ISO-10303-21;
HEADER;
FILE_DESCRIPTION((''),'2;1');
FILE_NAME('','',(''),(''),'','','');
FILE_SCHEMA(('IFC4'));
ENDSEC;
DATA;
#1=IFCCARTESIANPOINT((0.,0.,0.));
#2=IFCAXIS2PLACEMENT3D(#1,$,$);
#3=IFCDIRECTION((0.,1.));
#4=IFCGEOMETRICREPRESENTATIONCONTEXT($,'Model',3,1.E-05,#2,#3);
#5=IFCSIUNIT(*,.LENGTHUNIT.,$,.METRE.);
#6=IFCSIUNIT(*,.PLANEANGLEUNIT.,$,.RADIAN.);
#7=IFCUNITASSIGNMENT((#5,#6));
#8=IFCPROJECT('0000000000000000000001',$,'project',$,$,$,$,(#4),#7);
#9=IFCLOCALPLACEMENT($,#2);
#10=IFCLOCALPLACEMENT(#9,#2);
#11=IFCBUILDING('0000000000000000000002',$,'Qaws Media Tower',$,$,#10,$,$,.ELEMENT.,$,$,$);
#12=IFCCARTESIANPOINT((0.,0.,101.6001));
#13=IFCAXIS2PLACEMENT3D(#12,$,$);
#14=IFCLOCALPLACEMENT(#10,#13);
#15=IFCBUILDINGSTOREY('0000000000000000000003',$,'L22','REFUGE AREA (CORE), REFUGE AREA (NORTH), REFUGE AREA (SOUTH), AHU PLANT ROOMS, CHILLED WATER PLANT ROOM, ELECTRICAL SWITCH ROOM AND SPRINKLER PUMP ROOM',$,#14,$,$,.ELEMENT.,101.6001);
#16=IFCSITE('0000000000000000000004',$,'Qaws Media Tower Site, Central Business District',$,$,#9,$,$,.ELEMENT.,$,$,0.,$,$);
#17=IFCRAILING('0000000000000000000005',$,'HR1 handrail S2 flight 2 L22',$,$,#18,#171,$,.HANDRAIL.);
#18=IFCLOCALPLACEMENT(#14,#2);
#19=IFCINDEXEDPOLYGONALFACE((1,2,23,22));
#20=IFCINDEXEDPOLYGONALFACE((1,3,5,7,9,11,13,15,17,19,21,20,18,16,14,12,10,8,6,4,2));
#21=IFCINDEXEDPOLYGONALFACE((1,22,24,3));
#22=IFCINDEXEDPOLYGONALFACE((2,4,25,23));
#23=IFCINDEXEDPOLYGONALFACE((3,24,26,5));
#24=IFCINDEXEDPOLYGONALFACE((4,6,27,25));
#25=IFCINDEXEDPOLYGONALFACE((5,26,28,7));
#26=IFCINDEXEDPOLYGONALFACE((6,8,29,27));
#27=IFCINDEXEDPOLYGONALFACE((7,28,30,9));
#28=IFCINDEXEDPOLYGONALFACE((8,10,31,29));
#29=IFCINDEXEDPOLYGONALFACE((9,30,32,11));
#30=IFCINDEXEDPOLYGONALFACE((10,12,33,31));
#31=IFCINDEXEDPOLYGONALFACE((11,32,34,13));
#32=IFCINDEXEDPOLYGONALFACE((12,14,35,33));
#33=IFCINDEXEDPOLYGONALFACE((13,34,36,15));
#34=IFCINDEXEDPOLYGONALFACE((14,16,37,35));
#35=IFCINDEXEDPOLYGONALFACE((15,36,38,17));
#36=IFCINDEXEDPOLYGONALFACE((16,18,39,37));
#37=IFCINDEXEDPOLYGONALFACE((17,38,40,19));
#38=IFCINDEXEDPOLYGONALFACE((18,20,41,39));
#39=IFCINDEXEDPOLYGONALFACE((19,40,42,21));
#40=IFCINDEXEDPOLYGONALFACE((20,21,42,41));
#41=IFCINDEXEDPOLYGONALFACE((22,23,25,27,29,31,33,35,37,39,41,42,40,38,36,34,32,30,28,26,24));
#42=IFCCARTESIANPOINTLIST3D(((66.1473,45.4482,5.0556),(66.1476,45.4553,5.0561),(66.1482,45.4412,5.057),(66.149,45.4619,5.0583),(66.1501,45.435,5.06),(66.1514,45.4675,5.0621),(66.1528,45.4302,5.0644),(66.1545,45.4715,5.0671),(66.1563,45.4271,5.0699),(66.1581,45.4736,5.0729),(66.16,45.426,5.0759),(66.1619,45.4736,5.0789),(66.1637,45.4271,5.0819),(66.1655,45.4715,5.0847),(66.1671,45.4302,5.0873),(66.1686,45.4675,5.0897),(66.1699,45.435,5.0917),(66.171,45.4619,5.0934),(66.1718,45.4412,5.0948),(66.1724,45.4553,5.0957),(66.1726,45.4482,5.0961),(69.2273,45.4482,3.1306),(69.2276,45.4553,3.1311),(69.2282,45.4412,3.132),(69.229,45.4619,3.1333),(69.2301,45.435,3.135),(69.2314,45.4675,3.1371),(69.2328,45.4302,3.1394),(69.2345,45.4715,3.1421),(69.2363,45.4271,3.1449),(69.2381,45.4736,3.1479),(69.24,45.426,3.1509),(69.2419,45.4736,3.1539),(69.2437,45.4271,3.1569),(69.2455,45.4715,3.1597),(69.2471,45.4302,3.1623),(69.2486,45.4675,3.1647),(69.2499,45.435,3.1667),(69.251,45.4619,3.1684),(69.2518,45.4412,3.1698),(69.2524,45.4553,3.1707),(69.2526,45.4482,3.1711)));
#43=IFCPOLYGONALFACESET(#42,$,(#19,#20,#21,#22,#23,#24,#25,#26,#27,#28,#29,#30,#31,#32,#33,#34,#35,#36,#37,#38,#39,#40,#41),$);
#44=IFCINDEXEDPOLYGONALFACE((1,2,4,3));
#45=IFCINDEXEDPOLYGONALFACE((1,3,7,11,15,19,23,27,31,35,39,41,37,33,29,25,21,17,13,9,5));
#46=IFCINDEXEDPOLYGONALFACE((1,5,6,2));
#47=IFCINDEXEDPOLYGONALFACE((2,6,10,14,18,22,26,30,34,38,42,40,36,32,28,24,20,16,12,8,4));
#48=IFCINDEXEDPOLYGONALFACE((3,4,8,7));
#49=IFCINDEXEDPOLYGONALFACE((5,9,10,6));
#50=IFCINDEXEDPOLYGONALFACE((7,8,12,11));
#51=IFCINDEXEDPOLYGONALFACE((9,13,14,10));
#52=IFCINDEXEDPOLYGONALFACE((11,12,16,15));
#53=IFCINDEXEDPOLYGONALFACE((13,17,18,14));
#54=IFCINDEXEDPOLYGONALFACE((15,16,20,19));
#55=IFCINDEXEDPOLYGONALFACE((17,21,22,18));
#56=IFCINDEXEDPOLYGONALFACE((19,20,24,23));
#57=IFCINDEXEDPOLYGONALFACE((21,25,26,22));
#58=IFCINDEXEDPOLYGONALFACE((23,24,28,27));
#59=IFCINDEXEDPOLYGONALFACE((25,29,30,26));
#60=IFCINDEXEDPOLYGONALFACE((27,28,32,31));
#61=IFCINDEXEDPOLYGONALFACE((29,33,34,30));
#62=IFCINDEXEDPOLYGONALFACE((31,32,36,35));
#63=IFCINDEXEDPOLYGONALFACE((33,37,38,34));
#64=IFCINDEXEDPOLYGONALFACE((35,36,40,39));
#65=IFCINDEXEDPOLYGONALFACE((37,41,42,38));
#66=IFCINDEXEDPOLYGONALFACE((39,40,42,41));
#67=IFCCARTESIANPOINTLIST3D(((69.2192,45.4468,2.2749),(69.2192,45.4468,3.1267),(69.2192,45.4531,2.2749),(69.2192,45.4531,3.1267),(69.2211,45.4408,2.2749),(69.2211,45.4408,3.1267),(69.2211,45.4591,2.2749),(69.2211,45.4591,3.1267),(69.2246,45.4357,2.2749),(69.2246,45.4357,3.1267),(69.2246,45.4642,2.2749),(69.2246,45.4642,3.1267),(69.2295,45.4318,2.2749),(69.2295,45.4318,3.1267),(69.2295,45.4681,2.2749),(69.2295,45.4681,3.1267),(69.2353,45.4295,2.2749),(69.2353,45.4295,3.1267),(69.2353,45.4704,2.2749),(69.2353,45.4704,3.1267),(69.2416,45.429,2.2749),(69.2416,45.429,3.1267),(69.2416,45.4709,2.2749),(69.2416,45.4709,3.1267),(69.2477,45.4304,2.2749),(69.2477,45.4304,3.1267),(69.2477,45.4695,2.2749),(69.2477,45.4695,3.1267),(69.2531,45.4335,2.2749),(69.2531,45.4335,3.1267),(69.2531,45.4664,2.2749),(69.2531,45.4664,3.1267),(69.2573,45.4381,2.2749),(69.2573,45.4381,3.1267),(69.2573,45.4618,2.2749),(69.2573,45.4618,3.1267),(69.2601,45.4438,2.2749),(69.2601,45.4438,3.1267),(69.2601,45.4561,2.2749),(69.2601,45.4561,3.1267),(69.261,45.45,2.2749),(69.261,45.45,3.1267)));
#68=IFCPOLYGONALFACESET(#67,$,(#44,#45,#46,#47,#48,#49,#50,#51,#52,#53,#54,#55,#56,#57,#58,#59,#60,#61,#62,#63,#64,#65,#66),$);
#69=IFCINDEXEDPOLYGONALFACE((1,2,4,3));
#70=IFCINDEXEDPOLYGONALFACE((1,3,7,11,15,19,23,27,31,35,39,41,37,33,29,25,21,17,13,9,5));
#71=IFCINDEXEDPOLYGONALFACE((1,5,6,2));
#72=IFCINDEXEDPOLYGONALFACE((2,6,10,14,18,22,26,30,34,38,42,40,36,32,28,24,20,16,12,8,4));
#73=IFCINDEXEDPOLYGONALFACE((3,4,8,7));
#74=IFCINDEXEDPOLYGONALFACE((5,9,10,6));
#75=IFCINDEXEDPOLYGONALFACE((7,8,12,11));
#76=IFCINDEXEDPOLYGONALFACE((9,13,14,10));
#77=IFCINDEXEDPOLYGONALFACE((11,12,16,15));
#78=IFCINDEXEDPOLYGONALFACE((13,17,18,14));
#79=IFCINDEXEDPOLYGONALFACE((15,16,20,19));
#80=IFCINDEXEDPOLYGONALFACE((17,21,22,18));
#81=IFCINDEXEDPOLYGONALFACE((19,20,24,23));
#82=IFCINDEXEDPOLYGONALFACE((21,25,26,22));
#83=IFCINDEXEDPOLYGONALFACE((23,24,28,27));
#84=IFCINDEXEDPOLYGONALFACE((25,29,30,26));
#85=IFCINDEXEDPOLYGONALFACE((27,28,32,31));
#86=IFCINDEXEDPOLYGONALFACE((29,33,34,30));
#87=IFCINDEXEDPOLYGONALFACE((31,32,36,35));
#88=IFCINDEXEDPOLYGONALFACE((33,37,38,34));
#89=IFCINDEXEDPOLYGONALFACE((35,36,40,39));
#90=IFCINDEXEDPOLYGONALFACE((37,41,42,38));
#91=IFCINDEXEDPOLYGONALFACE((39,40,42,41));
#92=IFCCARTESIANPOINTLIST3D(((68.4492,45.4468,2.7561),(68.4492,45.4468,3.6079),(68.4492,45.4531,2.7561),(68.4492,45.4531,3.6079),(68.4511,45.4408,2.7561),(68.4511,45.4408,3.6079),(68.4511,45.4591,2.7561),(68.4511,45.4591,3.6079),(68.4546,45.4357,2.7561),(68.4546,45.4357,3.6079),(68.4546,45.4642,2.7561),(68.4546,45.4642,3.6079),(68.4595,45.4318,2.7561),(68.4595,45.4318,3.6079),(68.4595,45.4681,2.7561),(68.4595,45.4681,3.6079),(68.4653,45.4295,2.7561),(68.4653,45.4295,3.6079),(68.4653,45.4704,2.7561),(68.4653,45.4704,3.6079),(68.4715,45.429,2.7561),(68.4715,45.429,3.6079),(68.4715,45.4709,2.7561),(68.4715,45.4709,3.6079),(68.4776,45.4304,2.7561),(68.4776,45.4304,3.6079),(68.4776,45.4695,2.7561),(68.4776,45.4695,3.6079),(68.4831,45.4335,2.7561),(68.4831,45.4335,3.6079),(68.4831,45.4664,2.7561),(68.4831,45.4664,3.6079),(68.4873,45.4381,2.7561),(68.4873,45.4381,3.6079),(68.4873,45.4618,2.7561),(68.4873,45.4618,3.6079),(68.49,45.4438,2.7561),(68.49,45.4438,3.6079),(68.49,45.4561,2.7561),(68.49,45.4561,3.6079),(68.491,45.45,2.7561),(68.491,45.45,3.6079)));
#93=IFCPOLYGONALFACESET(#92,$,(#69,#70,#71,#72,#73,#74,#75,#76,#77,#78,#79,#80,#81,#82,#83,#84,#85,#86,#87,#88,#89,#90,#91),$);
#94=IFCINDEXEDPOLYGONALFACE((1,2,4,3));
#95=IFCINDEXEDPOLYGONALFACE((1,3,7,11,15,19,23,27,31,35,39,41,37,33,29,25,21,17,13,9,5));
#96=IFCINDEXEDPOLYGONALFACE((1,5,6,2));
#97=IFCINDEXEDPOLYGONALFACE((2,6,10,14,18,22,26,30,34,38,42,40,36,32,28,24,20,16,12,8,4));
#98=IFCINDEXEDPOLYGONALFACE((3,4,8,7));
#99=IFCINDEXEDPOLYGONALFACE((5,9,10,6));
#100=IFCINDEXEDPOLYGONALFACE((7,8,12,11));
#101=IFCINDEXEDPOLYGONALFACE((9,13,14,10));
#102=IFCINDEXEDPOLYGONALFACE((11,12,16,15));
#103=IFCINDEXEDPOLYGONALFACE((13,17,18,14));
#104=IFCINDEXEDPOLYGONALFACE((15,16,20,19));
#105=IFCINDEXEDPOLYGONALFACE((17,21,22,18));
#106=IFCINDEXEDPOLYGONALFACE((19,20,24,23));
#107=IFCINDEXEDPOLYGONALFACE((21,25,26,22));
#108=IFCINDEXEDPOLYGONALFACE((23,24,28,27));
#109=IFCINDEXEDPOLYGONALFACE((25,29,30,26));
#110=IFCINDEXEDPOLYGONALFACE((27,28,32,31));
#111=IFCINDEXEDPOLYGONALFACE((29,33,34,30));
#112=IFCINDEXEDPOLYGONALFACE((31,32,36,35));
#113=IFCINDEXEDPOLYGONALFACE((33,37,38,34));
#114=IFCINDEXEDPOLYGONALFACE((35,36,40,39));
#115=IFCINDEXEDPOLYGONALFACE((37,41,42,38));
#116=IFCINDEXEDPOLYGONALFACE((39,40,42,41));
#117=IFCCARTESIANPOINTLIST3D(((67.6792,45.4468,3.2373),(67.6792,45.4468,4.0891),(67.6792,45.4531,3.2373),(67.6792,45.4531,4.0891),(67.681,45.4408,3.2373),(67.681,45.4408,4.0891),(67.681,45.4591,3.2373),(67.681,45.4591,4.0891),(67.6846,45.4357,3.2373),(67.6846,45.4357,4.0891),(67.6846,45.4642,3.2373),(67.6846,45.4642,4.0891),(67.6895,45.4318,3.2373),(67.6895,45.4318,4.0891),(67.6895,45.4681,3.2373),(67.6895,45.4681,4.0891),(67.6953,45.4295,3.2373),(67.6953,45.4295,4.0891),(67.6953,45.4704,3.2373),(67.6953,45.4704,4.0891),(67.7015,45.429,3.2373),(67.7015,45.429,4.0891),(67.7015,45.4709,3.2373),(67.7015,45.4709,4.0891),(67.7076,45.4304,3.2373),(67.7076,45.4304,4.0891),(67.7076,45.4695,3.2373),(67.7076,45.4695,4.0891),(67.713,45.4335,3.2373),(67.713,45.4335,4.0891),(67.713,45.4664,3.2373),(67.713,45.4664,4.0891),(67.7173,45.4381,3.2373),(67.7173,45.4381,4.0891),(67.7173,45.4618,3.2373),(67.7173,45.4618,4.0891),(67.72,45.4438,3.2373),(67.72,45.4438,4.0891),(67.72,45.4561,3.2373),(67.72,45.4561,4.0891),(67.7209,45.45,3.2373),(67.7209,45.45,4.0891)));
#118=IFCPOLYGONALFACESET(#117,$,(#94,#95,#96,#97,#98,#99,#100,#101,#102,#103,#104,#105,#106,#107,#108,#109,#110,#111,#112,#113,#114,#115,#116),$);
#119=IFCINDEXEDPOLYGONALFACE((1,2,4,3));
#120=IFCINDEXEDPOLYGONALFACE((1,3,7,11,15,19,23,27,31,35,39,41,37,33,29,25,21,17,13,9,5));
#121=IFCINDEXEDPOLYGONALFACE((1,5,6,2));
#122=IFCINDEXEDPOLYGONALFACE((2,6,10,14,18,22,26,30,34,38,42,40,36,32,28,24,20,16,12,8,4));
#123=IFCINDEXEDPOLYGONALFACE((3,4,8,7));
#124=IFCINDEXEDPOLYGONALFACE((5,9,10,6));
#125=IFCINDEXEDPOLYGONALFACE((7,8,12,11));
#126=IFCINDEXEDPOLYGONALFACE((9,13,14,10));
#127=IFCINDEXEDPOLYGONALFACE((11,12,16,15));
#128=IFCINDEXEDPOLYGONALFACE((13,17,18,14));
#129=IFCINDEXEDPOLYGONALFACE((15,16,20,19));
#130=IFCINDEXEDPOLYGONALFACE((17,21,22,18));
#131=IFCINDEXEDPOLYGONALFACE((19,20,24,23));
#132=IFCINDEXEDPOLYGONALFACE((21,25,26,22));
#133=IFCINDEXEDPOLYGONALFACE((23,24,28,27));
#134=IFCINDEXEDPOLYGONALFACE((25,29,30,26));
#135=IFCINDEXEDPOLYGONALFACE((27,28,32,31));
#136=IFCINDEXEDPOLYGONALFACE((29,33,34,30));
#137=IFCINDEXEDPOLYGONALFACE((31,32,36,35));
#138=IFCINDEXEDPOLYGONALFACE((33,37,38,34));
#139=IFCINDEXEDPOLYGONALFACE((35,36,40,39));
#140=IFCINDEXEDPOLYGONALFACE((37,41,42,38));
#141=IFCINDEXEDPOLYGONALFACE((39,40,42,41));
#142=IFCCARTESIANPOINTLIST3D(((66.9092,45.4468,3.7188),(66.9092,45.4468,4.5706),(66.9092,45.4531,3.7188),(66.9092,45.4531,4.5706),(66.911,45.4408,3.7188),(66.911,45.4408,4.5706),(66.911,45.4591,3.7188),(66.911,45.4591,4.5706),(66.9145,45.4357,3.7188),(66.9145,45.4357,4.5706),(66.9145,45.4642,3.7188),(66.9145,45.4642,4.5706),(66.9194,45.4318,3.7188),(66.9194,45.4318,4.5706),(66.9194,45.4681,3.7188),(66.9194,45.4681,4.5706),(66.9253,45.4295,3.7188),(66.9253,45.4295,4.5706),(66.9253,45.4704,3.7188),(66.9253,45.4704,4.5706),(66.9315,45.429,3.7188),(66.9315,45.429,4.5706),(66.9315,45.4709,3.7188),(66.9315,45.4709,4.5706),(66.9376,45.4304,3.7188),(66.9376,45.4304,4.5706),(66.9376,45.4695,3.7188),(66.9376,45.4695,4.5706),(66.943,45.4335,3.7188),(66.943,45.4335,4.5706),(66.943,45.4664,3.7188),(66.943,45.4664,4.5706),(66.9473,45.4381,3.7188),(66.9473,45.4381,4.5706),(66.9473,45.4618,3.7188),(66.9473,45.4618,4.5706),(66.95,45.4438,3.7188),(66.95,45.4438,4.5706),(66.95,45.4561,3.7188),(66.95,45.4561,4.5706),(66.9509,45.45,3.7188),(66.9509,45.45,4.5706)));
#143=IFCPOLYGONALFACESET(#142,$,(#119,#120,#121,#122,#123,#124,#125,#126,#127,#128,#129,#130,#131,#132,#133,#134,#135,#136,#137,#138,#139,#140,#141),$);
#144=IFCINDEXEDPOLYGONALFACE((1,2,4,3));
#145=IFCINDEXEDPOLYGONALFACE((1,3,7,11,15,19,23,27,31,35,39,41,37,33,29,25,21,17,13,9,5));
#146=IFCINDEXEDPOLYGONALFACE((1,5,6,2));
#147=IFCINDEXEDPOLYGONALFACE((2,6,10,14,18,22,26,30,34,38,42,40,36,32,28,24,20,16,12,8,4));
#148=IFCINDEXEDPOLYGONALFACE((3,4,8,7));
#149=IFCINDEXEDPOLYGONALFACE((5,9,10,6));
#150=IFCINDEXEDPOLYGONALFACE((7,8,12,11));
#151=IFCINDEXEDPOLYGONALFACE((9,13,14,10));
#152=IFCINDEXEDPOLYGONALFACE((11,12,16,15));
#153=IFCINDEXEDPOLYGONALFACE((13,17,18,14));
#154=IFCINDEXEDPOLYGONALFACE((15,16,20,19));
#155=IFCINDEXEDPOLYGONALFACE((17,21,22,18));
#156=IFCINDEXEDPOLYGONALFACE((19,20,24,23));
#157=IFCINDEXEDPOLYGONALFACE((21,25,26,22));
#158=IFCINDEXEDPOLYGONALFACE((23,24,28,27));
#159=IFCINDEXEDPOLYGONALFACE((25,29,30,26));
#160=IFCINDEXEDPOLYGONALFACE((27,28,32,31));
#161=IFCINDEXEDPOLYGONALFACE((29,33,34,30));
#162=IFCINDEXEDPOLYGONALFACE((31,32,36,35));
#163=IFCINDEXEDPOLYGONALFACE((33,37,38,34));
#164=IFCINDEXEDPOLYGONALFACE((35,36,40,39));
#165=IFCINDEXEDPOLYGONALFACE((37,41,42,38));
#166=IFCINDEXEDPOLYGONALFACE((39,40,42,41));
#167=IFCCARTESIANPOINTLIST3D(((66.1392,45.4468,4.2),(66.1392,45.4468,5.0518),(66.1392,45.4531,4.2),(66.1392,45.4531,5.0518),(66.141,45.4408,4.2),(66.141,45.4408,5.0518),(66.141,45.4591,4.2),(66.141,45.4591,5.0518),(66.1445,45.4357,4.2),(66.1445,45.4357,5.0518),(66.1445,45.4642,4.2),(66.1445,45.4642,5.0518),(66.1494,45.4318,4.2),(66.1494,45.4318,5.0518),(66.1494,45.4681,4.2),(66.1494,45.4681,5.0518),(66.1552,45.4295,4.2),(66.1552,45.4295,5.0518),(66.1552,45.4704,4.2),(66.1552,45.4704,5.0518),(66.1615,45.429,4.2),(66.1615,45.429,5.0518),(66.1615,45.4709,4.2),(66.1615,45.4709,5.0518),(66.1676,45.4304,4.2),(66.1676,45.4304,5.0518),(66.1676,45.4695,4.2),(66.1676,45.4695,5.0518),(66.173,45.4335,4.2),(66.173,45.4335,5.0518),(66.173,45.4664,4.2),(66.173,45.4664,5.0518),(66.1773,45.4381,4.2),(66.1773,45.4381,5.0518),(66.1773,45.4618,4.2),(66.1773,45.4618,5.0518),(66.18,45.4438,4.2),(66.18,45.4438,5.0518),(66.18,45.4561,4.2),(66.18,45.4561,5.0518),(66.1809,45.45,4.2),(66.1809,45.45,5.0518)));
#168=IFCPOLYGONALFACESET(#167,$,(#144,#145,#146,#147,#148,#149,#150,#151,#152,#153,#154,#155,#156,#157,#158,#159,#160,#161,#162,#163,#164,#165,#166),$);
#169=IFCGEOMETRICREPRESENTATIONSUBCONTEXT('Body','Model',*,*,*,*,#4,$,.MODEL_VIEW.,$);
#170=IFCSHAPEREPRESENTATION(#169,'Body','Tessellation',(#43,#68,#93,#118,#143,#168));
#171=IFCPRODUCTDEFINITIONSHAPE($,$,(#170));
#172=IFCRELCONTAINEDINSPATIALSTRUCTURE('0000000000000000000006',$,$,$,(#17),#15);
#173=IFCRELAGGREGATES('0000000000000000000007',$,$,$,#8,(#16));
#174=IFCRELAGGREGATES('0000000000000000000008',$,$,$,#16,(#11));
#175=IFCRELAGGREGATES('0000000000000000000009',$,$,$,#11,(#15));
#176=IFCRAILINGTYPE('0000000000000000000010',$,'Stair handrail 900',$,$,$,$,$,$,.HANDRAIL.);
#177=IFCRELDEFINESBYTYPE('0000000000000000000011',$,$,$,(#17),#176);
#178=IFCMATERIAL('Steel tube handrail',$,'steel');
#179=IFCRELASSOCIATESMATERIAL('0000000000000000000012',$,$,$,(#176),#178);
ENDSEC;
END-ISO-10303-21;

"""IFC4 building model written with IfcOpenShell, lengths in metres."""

from ifc_helpers import new_model, si_unit, direction, frame, origin, origin_2d, place, context, subcontext, project, spatial, circle, extrude, material, type_object, element, save


model = new_model("IFC4")

# Units and contexts
model_context = context("Model", 3, precision=1e-05, world=origin(), true_north=direction((0.0, 1.0)))
body_context = subcontext(model_context, "Body", "Model", "MODEL_VIEW")
ifc_project = project(units=[si_unit("LENGTHUNIT", "METRE"), si_unit("PLANEANGLEUNIT", "RADIAN")], contexts=[model_context])

# Site, building, storey
site_placement = place(None, origin())
site = spatial("IfcSite", under=ifc_project, at=site_placement, Name="Qaws Media Tower Site, Central Business District", CompositionType="ELEMENT", RefElevation=0.0)
building_placement = place(site_placement, origin())
building = spatial("IfcBuilding", under=site, at=building_placement, Name="Qaws Media Tower", CompositionType="ELEMENT")
storey_placement = place(building_placement, frame((0.0, 0.0, 101.6001)))
storey = spatial("IfcBuildingStorey", under=building, at=storey_placement, Name="L22", Description="REFUGE AREA (CORE), REFUGE AREA (NORTH), REFUGE AREA (SOUTH), AHU PLANT ROOMS, CHILLED WATER PLANT ROOM, ELECTRICAL SWITCH ROOM AND SPRINKLER PUMP ROOM", CompositionType="ELEMENT", Elevation=101.6001)

# Railing
ifc_material_1 = material(Name="Steel tube handrail", Category="steel")
railing_type = type_object("IfcRailingType", Name="Stair handrail 900", PredefinedType="HANDRAIL", material=ifc_material_1)
railing_placement = place(storey_placement, frame((69.24, 45.45, 2.2749)))
element("IfcRailing", 1, at=railing_placement, inside=storey, type_object=railing_type, Name="HR1 handrail S2 flight 2 L22", PredefinedType="HANDRAIL", context=body_context, shape_type="SweptSolid", body=[
    extrude(circle(Radius=0.0239, at=origin_2d()), frame((0.0, 0.0, 0.876), z_axis=(-0.847998, 0.0, 0.529999), x_axis=(0.0, -1.0, 0.0)), (0.0, 0.0, 1.0), 3.6321),
    extrude(circle(Radius=0.021, at=origin_2d()), origin(), (0.0, 0.0, 1.0), 0.8518),
    extrude(circle(Radius=0.021, at=origin_2d()), frame((-0.77, 0.0, 0.4812)), (0.0, 0.0, 1.0), 0.8518),
    extrude(circle(Radius=0.021, at=origin_2d()), frame((-1.54, 0.0, 0.9624)), (0.0, 0.0, 1.0), 0.8518),
    extrude(circle(Radius=0.021, at=origin_2d()), frame((-2.3101, 0.0, 1.4438)), (0.0, 0.0, 1.0), 0.8518),
    extrude(circle(Radius=0.021, at=origin_2d()), frame((-3.0801, 0.0, 1.925)), (0.0, 0.0, 1.0), 0.8518),
])

save(model, "model.ifc")
